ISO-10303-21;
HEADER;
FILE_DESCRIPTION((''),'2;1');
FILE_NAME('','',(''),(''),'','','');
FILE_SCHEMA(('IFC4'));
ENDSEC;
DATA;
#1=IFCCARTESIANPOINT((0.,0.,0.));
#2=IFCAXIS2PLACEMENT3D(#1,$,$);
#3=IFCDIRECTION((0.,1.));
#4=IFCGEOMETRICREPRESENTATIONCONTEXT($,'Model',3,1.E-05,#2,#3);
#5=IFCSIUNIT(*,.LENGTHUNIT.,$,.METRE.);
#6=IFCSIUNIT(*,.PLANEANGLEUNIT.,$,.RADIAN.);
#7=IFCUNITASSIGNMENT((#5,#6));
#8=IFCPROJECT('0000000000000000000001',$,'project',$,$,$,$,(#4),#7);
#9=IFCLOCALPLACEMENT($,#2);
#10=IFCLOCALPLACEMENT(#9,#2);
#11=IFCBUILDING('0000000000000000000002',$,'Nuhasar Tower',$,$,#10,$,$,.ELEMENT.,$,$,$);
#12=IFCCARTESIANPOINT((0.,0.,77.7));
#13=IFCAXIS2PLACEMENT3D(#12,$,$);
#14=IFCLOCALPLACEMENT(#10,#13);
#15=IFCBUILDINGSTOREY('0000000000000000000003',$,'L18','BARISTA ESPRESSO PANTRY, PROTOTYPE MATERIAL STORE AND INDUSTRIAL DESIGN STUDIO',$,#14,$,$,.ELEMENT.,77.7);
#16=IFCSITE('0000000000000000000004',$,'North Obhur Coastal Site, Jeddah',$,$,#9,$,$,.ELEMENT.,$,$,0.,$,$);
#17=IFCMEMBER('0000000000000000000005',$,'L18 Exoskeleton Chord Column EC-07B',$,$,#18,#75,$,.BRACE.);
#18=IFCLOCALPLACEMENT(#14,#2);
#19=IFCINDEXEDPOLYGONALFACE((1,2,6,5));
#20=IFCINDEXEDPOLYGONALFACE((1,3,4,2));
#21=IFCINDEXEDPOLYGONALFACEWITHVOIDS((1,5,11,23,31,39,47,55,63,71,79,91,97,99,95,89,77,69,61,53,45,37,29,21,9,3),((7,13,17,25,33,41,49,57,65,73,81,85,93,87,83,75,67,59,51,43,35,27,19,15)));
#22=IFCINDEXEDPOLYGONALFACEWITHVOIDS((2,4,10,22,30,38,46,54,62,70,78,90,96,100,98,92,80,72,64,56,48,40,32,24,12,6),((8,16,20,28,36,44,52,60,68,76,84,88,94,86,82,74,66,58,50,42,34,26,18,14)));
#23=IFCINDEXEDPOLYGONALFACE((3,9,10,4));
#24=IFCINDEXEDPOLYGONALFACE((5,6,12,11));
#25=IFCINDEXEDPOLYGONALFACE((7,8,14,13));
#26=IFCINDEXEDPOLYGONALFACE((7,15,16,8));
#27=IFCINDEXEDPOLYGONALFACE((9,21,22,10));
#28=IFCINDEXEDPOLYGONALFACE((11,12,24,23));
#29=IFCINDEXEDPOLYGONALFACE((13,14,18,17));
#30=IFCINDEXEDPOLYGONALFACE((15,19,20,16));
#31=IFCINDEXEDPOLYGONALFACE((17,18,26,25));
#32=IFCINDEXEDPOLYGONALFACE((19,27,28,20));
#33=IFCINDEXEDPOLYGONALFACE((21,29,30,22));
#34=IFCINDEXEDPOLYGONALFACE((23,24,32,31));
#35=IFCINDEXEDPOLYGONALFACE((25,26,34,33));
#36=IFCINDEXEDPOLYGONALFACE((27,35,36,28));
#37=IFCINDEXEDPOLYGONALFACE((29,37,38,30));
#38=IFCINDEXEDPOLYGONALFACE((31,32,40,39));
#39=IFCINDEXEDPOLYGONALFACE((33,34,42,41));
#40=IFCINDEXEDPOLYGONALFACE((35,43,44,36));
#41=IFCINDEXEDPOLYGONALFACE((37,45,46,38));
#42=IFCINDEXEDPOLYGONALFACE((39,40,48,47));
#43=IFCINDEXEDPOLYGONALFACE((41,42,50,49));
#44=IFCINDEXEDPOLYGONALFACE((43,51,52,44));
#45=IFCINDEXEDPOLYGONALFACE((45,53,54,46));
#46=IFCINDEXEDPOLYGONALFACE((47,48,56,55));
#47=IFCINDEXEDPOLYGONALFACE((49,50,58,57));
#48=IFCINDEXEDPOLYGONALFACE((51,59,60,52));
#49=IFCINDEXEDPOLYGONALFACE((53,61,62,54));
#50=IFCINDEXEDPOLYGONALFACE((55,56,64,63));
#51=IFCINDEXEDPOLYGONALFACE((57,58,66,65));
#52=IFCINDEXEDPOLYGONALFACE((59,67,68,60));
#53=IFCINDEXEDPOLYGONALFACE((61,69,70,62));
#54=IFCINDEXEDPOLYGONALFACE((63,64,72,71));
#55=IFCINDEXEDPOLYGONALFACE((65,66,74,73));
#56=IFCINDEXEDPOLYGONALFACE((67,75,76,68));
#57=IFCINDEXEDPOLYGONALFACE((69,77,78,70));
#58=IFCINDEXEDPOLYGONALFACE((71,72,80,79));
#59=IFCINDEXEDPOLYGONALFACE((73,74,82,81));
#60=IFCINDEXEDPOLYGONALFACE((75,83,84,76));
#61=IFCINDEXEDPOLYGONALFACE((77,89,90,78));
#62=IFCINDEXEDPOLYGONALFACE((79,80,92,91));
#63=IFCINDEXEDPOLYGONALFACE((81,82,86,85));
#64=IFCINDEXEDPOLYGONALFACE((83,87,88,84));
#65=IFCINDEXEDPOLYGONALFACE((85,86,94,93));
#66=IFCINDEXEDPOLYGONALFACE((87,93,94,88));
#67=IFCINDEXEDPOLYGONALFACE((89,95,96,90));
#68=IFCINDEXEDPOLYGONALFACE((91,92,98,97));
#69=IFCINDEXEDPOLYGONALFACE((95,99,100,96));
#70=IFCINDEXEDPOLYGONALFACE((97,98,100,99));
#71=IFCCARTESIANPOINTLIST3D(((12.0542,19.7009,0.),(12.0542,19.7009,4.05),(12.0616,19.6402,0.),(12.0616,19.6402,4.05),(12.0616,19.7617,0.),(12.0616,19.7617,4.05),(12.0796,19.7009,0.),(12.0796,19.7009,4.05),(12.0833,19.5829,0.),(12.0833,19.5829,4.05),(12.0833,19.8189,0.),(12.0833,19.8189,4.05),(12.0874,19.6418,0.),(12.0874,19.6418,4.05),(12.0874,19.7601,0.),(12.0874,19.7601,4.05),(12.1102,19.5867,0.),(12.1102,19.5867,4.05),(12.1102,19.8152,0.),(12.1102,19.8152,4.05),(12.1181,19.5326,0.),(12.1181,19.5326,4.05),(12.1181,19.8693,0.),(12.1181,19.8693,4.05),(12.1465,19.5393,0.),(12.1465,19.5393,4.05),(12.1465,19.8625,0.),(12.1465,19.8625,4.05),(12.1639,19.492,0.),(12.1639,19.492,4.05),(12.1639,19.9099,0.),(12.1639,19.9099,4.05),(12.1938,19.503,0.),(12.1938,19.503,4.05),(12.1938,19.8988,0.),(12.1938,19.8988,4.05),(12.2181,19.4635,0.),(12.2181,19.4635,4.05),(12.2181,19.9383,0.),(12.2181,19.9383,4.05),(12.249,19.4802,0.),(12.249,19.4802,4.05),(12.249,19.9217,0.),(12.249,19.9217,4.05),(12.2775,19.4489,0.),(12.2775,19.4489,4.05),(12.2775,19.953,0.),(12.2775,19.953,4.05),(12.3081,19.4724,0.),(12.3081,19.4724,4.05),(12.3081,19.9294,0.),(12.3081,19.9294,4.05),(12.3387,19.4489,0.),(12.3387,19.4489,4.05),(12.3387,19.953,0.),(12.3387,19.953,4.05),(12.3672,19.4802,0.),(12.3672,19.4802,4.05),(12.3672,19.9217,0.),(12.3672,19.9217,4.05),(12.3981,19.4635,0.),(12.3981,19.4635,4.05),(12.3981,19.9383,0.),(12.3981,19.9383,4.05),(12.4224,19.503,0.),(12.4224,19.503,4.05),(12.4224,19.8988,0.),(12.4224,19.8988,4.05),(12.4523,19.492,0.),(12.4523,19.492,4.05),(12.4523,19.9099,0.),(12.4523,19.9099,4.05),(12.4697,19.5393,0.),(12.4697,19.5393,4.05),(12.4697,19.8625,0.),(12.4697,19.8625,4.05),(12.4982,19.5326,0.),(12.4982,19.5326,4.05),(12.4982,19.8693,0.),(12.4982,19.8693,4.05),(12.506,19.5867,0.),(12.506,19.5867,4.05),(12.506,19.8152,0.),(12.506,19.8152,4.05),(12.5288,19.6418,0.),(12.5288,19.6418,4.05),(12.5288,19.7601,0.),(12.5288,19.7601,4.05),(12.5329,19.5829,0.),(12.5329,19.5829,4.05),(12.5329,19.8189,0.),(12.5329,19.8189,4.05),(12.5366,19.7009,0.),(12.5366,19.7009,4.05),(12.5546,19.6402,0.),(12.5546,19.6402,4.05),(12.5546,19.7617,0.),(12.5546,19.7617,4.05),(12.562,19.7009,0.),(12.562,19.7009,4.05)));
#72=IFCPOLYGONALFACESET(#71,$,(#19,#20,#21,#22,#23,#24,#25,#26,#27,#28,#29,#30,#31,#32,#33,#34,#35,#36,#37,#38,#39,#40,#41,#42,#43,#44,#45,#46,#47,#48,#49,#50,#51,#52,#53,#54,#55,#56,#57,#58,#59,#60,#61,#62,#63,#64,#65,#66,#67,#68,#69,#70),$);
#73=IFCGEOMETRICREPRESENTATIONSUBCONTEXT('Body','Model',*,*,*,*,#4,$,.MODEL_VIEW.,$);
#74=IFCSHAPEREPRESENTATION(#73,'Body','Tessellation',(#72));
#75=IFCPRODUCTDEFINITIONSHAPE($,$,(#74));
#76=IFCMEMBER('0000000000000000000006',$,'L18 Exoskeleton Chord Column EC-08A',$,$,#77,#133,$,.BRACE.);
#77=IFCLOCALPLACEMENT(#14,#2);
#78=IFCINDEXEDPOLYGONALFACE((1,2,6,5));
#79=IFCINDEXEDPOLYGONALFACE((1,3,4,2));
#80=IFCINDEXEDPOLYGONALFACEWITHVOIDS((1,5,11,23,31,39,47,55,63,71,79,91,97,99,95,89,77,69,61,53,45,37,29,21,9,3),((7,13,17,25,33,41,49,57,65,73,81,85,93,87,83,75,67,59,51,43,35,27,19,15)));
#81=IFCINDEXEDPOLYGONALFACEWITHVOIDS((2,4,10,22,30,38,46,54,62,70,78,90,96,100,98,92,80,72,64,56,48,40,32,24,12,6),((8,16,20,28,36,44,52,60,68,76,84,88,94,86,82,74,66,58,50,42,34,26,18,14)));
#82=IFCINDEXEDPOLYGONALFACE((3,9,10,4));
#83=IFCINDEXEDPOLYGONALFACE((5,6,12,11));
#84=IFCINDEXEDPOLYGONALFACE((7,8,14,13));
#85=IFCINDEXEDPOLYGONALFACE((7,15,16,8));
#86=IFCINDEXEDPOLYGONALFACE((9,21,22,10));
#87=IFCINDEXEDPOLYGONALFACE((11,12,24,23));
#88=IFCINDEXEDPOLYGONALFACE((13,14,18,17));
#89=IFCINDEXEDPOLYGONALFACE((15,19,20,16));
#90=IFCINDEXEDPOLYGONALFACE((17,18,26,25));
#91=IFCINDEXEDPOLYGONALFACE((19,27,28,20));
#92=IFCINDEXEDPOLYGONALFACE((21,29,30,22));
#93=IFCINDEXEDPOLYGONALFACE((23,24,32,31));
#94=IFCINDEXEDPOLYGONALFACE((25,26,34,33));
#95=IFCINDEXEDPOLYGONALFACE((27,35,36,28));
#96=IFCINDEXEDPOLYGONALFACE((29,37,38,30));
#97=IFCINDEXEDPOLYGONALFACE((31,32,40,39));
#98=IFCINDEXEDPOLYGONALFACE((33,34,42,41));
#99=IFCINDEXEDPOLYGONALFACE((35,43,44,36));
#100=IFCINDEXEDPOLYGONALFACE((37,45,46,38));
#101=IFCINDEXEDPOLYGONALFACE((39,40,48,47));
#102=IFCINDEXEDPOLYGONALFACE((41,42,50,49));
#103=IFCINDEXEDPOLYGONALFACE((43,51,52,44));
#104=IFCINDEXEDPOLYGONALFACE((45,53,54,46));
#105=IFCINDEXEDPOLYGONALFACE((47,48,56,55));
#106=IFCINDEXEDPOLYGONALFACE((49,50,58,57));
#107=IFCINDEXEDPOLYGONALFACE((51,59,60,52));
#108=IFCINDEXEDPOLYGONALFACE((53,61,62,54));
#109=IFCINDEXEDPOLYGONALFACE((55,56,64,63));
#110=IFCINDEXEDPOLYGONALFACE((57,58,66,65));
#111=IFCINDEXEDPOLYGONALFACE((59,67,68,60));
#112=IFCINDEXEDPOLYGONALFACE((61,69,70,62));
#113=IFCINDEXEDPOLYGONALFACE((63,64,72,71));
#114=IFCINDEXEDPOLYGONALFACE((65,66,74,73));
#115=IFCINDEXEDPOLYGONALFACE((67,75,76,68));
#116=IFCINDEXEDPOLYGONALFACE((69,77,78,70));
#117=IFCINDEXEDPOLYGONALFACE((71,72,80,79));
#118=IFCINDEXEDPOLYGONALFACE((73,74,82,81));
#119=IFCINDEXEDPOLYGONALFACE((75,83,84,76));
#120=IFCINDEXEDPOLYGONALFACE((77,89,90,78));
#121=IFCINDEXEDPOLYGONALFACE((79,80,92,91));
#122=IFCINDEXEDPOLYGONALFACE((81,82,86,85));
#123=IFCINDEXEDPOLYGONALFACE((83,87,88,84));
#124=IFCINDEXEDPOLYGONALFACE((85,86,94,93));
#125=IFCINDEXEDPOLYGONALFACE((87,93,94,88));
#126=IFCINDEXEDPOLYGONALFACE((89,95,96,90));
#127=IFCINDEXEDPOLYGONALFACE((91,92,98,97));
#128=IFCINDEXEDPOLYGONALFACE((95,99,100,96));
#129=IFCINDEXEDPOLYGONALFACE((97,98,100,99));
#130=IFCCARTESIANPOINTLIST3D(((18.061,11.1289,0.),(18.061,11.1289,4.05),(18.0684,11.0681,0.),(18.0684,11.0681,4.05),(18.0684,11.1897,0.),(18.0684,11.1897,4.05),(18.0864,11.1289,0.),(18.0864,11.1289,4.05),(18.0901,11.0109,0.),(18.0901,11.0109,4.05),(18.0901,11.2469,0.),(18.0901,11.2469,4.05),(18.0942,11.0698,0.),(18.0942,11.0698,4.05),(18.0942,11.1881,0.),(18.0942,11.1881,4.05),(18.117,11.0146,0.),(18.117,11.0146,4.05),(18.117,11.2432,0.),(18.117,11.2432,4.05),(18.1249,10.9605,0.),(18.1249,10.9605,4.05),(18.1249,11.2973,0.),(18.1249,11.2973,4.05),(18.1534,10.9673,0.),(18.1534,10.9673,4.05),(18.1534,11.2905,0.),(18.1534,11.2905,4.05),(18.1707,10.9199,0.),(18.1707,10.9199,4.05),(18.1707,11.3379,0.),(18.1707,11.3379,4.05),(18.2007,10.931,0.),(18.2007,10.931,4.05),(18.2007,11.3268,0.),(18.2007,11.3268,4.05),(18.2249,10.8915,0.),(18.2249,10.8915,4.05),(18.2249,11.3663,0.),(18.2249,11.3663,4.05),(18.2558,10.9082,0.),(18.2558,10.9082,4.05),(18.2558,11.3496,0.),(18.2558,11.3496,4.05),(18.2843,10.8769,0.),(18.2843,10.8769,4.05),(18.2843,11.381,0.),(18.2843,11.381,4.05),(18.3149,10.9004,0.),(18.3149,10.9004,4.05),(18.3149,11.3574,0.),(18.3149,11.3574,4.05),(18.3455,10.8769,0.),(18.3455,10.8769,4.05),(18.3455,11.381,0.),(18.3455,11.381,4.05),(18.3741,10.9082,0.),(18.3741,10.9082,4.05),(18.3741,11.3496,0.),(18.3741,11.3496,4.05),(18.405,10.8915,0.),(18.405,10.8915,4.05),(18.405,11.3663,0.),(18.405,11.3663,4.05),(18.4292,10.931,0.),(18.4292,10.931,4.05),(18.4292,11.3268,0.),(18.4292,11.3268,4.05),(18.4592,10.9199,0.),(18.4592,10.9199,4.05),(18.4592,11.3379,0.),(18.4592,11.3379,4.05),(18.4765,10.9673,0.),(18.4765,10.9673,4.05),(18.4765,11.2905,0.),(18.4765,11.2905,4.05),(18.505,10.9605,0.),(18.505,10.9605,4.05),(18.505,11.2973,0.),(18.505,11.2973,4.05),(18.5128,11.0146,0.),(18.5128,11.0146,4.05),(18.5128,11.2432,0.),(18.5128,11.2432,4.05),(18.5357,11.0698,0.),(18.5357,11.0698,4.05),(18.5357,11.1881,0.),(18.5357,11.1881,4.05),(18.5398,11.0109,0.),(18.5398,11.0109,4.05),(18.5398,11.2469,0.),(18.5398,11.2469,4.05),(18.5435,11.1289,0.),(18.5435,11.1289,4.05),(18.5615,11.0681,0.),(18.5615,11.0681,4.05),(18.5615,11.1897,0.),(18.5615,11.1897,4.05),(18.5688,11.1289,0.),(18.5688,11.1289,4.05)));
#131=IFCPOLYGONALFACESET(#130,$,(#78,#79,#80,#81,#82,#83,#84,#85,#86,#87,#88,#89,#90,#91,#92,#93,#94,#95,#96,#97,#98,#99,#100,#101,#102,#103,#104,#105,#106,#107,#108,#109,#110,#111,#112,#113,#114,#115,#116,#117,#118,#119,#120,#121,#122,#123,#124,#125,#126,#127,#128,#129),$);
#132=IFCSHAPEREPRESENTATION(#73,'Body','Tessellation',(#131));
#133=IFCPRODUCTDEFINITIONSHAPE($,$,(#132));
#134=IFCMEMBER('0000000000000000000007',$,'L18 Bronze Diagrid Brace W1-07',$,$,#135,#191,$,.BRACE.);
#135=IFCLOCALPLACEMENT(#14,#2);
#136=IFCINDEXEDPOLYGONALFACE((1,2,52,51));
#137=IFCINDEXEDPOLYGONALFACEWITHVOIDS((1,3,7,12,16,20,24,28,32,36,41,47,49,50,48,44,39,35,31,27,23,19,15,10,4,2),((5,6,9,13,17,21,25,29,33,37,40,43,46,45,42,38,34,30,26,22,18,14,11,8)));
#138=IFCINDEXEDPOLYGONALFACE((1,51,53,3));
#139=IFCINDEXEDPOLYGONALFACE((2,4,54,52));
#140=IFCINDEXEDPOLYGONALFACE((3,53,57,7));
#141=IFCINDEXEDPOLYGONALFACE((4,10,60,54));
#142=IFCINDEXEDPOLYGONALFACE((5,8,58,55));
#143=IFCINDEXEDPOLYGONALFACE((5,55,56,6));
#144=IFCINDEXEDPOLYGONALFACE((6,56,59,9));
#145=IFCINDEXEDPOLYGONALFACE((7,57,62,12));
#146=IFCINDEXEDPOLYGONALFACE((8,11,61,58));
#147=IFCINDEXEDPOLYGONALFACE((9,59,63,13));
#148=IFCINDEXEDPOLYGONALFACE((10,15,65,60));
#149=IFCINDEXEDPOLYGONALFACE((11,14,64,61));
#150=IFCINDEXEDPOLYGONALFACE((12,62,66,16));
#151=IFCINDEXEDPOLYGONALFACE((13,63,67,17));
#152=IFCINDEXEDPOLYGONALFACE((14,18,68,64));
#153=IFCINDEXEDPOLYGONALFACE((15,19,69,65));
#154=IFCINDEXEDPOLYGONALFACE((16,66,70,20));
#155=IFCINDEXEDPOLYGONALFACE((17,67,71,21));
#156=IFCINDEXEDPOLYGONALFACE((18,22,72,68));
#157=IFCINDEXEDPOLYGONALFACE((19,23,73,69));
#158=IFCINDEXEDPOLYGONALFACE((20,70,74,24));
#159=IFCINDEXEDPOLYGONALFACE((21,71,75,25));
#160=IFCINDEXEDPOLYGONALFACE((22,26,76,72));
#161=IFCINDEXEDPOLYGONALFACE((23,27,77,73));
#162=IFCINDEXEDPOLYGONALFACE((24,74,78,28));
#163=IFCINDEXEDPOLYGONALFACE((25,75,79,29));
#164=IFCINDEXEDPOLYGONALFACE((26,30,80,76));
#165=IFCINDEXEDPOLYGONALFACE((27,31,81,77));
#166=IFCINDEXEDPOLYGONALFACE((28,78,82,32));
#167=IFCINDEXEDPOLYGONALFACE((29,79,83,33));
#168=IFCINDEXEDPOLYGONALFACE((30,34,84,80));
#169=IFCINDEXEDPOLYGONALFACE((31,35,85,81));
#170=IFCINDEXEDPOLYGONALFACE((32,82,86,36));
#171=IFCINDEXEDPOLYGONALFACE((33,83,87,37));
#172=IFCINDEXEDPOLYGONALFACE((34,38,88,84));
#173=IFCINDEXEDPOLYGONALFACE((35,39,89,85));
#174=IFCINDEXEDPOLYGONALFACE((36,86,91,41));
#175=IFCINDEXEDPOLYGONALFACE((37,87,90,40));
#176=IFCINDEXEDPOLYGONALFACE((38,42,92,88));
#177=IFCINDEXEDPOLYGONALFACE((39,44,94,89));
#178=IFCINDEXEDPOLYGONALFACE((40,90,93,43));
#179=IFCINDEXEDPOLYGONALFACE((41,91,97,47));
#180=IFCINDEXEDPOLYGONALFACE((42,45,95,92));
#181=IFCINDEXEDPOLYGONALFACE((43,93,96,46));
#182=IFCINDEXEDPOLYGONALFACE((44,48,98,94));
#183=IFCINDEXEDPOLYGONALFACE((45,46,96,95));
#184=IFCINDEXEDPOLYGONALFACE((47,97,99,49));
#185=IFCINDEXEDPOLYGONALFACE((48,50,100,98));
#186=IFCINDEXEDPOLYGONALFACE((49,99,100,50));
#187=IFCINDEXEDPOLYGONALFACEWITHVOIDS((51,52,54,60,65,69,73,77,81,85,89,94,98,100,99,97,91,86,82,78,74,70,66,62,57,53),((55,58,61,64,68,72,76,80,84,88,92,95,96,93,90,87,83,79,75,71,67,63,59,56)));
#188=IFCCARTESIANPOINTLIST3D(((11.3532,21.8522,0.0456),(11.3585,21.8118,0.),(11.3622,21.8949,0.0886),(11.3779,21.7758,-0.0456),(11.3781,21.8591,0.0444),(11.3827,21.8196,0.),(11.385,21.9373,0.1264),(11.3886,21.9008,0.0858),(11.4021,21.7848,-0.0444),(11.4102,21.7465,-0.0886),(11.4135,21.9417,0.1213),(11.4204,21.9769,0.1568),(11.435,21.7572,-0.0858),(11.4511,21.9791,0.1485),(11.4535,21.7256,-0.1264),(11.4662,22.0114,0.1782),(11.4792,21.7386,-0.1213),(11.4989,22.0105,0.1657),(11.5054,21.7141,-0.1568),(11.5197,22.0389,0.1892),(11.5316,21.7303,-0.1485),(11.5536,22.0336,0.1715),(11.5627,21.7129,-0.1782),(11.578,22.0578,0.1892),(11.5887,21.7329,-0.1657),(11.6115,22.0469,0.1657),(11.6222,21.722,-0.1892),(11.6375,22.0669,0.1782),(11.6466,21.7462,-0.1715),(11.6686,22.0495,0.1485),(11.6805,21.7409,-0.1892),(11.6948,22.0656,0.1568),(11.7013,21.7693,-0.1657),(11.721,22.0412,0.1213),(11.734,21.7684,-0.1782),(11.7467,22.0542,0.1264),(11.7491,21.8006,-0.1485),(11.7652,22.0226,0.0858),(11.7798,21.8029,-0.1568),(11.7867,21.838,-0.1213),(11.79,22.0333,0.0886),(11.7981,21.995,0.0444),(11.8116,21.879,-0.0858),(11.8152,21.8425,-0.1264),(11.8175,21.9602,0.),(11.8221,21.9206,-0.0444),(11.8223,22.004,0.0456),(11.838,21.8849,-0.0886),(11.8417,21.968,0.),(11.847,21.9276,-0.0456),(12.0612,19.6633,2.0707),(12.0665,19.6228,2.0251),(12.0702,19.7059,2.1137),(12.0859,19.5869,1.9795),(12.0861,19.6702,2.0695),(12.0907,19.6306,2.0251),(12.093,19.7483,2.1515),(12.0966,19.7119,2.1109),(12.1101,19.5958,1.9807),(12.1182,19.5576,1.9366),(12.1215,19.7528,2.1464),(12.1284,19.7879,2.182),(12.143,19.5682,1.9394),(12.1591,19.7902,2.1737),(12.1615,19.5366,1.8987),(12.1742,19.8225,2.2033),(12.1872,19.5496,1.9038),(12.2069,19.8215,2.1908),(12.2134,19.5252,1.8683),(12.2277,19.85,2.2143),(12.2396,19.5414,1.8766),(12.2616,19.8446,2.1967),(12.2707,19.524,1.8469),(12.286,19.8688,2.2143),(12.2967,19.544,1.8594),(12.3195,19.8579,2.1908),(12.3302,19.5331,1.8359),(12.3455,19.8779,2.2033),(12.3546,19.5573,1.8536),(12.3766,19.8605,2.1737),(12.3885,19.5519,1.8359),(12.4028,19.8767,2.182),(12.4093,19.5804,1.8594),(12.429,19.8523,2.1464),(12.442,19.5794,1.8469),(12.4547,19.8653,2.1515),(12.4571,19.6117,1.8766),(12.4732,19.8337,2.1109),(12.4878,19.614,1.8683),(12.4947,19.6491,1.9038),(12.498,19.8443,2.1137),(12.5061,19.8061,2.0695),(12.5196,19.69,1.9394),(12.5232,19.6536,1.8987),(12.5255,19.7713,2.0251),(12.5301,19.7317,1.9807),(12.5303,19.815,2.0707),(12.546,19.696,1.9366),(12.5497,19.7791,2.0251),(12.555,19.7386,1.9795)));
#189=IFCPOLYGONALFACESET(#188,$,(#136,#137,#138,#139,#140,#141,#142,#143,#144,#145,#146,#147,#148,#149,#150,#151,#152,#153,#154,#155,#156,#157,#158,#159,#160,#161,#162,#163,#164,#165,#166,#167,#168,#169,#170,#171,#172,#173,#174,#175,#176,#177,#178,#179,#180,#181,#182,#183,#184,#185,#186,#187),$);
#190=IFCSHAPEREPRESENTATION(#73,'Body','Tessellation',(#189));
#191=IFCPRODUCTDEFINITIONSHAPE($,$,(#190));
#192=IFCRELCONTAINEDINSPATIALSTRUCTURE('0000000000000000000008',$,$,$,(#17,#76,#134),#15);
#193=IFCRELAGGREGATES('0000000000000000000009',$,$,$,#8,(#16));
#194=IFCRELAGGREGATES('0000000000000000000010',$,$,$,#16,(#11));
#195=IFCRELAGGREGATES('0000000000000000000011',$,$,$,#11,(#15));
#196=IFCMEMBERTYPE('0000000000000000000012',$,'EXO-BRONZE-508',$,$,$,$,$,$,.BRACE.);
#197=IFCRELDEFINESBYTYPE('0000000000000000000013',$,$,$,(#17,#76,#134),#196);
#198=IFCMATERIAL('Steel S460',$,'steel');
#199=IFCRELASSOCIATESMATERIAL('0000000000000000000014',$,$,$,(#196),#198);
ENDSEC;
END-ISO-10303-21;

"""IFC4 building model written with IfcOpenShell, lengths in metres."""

from ifc_helpers import new_model, si_unit, direction, frame, origin, origin_2d, place, context, subcontext, project, spatial, hollow_circle, extrude, material, material_profile, profile_set, type_object, element, save


model = new_model("IFC4")

# Units and contexts
model_context = context("Model", 3, precision=1e-05, world=origin(), true_north=direction((0.0, 1.0)))
body_context = subcontext(model_context, "Body", "Model", "MODEL_VIEW")
ifc_project = project(units=[si_unit("LENGTHUNIT", "METRE"), si_unit("PLANEANGLEUNIT", "RADIAN")], contexts=[model_context])

# Site, building, storey
site_placement = place(None, origin())
site = spatial("IfcSite", under=ifc_project, at=site_placement, Name="North Obhur Coastal Site, Jeddah", CompositionType="ELEMENT", RefElevation=0.0)
building_placement = place(site_placement, origin())
building = spatial("IfcBuilding", under=site, at=building_placement, Name="Nuhasar Tower", CompositionType="ELEMENT")
storey_placement = place(building_placement, frame((0.0, 0.0, 77.7)))
storey = spatial("IfcBuildingStorey", under=building, at=storey_placement, Name="L18", Description="BARISTA ESPRESSO PANTRY, PROTOTYPE MATERIAL STORE AND INDUSTRIAL DESIGN STUDIO", CompositionType="ELEMENT", Elevation=77.7)

# Members
ifc_material_1 = material(Name="Steel S460", Category="steel")
ifc_material_profile_1 = material_profile(ifc_material_1, hollow_circle(Radius=0.2539, WallThickness=0.0254, at=origin_2d()), Name="HSS508X25.4")
ifc_profile_set_1 = profile_set([ifc_material_profile_1], Name="Steel S460")
member_type_1 = type_object("IfcMemberType", Name="EXO-BRONZE-508", PredefinedType="BRACE", material=ifc_profile_set_1)
for number, where, z_axis, x_axis, name in (
    (1, (12.3081, 19.7009, 0.0), (0.0, 0.0, 1.0), (1.0, 0.0, 0.0), "L18 Exoskeleton Chord Column EC-07B"),
    (2, (18.3149, 11.1289, 0.0), (0.0, 0.0, 1.0), (1.0, 0.0, 0.0), "L18 Exoskeleton Chord Column EC-08A"),
):
    element("IfcMember", number, at=place(storey_placement, frame(where, z_axis=z_axis, x_axis=x_axis)), inside=storey, type_object=member_type_1, Name=name, PredefinedType="BRACE", context=body_context, shape_type="SweptSolid", body=[
        extrude(hollow_circle(Radius=0.2539, WallThickness=0.0254, at=origin_2d()), origin(), (0.0, 0.0, 1.0), 4.05),
    ])
member_1_placement = place(storey_placement, frame((11.6001, 21.8899, 0.0), z_axis=(0.231, -0.714187, 0.660739), x_axis=(0.951468, 0.307747, 0.0)))
element("IfcMember", 3, at=member_1_placement, inside=storey, type_object=member_type_1, Name="L18 Bronze Diagrid Brace W1-07", PredefinedType="BRACE", context=body_context, shape_type="SweptSolid", body=[
    extrude(hollow_circle(Radius=0.2539, WallThickness=0.0254, at=origin_2d()), origin(), (0.0, 0.0, 1.0), 3.0649),
])

save(model, "model.ifc")
